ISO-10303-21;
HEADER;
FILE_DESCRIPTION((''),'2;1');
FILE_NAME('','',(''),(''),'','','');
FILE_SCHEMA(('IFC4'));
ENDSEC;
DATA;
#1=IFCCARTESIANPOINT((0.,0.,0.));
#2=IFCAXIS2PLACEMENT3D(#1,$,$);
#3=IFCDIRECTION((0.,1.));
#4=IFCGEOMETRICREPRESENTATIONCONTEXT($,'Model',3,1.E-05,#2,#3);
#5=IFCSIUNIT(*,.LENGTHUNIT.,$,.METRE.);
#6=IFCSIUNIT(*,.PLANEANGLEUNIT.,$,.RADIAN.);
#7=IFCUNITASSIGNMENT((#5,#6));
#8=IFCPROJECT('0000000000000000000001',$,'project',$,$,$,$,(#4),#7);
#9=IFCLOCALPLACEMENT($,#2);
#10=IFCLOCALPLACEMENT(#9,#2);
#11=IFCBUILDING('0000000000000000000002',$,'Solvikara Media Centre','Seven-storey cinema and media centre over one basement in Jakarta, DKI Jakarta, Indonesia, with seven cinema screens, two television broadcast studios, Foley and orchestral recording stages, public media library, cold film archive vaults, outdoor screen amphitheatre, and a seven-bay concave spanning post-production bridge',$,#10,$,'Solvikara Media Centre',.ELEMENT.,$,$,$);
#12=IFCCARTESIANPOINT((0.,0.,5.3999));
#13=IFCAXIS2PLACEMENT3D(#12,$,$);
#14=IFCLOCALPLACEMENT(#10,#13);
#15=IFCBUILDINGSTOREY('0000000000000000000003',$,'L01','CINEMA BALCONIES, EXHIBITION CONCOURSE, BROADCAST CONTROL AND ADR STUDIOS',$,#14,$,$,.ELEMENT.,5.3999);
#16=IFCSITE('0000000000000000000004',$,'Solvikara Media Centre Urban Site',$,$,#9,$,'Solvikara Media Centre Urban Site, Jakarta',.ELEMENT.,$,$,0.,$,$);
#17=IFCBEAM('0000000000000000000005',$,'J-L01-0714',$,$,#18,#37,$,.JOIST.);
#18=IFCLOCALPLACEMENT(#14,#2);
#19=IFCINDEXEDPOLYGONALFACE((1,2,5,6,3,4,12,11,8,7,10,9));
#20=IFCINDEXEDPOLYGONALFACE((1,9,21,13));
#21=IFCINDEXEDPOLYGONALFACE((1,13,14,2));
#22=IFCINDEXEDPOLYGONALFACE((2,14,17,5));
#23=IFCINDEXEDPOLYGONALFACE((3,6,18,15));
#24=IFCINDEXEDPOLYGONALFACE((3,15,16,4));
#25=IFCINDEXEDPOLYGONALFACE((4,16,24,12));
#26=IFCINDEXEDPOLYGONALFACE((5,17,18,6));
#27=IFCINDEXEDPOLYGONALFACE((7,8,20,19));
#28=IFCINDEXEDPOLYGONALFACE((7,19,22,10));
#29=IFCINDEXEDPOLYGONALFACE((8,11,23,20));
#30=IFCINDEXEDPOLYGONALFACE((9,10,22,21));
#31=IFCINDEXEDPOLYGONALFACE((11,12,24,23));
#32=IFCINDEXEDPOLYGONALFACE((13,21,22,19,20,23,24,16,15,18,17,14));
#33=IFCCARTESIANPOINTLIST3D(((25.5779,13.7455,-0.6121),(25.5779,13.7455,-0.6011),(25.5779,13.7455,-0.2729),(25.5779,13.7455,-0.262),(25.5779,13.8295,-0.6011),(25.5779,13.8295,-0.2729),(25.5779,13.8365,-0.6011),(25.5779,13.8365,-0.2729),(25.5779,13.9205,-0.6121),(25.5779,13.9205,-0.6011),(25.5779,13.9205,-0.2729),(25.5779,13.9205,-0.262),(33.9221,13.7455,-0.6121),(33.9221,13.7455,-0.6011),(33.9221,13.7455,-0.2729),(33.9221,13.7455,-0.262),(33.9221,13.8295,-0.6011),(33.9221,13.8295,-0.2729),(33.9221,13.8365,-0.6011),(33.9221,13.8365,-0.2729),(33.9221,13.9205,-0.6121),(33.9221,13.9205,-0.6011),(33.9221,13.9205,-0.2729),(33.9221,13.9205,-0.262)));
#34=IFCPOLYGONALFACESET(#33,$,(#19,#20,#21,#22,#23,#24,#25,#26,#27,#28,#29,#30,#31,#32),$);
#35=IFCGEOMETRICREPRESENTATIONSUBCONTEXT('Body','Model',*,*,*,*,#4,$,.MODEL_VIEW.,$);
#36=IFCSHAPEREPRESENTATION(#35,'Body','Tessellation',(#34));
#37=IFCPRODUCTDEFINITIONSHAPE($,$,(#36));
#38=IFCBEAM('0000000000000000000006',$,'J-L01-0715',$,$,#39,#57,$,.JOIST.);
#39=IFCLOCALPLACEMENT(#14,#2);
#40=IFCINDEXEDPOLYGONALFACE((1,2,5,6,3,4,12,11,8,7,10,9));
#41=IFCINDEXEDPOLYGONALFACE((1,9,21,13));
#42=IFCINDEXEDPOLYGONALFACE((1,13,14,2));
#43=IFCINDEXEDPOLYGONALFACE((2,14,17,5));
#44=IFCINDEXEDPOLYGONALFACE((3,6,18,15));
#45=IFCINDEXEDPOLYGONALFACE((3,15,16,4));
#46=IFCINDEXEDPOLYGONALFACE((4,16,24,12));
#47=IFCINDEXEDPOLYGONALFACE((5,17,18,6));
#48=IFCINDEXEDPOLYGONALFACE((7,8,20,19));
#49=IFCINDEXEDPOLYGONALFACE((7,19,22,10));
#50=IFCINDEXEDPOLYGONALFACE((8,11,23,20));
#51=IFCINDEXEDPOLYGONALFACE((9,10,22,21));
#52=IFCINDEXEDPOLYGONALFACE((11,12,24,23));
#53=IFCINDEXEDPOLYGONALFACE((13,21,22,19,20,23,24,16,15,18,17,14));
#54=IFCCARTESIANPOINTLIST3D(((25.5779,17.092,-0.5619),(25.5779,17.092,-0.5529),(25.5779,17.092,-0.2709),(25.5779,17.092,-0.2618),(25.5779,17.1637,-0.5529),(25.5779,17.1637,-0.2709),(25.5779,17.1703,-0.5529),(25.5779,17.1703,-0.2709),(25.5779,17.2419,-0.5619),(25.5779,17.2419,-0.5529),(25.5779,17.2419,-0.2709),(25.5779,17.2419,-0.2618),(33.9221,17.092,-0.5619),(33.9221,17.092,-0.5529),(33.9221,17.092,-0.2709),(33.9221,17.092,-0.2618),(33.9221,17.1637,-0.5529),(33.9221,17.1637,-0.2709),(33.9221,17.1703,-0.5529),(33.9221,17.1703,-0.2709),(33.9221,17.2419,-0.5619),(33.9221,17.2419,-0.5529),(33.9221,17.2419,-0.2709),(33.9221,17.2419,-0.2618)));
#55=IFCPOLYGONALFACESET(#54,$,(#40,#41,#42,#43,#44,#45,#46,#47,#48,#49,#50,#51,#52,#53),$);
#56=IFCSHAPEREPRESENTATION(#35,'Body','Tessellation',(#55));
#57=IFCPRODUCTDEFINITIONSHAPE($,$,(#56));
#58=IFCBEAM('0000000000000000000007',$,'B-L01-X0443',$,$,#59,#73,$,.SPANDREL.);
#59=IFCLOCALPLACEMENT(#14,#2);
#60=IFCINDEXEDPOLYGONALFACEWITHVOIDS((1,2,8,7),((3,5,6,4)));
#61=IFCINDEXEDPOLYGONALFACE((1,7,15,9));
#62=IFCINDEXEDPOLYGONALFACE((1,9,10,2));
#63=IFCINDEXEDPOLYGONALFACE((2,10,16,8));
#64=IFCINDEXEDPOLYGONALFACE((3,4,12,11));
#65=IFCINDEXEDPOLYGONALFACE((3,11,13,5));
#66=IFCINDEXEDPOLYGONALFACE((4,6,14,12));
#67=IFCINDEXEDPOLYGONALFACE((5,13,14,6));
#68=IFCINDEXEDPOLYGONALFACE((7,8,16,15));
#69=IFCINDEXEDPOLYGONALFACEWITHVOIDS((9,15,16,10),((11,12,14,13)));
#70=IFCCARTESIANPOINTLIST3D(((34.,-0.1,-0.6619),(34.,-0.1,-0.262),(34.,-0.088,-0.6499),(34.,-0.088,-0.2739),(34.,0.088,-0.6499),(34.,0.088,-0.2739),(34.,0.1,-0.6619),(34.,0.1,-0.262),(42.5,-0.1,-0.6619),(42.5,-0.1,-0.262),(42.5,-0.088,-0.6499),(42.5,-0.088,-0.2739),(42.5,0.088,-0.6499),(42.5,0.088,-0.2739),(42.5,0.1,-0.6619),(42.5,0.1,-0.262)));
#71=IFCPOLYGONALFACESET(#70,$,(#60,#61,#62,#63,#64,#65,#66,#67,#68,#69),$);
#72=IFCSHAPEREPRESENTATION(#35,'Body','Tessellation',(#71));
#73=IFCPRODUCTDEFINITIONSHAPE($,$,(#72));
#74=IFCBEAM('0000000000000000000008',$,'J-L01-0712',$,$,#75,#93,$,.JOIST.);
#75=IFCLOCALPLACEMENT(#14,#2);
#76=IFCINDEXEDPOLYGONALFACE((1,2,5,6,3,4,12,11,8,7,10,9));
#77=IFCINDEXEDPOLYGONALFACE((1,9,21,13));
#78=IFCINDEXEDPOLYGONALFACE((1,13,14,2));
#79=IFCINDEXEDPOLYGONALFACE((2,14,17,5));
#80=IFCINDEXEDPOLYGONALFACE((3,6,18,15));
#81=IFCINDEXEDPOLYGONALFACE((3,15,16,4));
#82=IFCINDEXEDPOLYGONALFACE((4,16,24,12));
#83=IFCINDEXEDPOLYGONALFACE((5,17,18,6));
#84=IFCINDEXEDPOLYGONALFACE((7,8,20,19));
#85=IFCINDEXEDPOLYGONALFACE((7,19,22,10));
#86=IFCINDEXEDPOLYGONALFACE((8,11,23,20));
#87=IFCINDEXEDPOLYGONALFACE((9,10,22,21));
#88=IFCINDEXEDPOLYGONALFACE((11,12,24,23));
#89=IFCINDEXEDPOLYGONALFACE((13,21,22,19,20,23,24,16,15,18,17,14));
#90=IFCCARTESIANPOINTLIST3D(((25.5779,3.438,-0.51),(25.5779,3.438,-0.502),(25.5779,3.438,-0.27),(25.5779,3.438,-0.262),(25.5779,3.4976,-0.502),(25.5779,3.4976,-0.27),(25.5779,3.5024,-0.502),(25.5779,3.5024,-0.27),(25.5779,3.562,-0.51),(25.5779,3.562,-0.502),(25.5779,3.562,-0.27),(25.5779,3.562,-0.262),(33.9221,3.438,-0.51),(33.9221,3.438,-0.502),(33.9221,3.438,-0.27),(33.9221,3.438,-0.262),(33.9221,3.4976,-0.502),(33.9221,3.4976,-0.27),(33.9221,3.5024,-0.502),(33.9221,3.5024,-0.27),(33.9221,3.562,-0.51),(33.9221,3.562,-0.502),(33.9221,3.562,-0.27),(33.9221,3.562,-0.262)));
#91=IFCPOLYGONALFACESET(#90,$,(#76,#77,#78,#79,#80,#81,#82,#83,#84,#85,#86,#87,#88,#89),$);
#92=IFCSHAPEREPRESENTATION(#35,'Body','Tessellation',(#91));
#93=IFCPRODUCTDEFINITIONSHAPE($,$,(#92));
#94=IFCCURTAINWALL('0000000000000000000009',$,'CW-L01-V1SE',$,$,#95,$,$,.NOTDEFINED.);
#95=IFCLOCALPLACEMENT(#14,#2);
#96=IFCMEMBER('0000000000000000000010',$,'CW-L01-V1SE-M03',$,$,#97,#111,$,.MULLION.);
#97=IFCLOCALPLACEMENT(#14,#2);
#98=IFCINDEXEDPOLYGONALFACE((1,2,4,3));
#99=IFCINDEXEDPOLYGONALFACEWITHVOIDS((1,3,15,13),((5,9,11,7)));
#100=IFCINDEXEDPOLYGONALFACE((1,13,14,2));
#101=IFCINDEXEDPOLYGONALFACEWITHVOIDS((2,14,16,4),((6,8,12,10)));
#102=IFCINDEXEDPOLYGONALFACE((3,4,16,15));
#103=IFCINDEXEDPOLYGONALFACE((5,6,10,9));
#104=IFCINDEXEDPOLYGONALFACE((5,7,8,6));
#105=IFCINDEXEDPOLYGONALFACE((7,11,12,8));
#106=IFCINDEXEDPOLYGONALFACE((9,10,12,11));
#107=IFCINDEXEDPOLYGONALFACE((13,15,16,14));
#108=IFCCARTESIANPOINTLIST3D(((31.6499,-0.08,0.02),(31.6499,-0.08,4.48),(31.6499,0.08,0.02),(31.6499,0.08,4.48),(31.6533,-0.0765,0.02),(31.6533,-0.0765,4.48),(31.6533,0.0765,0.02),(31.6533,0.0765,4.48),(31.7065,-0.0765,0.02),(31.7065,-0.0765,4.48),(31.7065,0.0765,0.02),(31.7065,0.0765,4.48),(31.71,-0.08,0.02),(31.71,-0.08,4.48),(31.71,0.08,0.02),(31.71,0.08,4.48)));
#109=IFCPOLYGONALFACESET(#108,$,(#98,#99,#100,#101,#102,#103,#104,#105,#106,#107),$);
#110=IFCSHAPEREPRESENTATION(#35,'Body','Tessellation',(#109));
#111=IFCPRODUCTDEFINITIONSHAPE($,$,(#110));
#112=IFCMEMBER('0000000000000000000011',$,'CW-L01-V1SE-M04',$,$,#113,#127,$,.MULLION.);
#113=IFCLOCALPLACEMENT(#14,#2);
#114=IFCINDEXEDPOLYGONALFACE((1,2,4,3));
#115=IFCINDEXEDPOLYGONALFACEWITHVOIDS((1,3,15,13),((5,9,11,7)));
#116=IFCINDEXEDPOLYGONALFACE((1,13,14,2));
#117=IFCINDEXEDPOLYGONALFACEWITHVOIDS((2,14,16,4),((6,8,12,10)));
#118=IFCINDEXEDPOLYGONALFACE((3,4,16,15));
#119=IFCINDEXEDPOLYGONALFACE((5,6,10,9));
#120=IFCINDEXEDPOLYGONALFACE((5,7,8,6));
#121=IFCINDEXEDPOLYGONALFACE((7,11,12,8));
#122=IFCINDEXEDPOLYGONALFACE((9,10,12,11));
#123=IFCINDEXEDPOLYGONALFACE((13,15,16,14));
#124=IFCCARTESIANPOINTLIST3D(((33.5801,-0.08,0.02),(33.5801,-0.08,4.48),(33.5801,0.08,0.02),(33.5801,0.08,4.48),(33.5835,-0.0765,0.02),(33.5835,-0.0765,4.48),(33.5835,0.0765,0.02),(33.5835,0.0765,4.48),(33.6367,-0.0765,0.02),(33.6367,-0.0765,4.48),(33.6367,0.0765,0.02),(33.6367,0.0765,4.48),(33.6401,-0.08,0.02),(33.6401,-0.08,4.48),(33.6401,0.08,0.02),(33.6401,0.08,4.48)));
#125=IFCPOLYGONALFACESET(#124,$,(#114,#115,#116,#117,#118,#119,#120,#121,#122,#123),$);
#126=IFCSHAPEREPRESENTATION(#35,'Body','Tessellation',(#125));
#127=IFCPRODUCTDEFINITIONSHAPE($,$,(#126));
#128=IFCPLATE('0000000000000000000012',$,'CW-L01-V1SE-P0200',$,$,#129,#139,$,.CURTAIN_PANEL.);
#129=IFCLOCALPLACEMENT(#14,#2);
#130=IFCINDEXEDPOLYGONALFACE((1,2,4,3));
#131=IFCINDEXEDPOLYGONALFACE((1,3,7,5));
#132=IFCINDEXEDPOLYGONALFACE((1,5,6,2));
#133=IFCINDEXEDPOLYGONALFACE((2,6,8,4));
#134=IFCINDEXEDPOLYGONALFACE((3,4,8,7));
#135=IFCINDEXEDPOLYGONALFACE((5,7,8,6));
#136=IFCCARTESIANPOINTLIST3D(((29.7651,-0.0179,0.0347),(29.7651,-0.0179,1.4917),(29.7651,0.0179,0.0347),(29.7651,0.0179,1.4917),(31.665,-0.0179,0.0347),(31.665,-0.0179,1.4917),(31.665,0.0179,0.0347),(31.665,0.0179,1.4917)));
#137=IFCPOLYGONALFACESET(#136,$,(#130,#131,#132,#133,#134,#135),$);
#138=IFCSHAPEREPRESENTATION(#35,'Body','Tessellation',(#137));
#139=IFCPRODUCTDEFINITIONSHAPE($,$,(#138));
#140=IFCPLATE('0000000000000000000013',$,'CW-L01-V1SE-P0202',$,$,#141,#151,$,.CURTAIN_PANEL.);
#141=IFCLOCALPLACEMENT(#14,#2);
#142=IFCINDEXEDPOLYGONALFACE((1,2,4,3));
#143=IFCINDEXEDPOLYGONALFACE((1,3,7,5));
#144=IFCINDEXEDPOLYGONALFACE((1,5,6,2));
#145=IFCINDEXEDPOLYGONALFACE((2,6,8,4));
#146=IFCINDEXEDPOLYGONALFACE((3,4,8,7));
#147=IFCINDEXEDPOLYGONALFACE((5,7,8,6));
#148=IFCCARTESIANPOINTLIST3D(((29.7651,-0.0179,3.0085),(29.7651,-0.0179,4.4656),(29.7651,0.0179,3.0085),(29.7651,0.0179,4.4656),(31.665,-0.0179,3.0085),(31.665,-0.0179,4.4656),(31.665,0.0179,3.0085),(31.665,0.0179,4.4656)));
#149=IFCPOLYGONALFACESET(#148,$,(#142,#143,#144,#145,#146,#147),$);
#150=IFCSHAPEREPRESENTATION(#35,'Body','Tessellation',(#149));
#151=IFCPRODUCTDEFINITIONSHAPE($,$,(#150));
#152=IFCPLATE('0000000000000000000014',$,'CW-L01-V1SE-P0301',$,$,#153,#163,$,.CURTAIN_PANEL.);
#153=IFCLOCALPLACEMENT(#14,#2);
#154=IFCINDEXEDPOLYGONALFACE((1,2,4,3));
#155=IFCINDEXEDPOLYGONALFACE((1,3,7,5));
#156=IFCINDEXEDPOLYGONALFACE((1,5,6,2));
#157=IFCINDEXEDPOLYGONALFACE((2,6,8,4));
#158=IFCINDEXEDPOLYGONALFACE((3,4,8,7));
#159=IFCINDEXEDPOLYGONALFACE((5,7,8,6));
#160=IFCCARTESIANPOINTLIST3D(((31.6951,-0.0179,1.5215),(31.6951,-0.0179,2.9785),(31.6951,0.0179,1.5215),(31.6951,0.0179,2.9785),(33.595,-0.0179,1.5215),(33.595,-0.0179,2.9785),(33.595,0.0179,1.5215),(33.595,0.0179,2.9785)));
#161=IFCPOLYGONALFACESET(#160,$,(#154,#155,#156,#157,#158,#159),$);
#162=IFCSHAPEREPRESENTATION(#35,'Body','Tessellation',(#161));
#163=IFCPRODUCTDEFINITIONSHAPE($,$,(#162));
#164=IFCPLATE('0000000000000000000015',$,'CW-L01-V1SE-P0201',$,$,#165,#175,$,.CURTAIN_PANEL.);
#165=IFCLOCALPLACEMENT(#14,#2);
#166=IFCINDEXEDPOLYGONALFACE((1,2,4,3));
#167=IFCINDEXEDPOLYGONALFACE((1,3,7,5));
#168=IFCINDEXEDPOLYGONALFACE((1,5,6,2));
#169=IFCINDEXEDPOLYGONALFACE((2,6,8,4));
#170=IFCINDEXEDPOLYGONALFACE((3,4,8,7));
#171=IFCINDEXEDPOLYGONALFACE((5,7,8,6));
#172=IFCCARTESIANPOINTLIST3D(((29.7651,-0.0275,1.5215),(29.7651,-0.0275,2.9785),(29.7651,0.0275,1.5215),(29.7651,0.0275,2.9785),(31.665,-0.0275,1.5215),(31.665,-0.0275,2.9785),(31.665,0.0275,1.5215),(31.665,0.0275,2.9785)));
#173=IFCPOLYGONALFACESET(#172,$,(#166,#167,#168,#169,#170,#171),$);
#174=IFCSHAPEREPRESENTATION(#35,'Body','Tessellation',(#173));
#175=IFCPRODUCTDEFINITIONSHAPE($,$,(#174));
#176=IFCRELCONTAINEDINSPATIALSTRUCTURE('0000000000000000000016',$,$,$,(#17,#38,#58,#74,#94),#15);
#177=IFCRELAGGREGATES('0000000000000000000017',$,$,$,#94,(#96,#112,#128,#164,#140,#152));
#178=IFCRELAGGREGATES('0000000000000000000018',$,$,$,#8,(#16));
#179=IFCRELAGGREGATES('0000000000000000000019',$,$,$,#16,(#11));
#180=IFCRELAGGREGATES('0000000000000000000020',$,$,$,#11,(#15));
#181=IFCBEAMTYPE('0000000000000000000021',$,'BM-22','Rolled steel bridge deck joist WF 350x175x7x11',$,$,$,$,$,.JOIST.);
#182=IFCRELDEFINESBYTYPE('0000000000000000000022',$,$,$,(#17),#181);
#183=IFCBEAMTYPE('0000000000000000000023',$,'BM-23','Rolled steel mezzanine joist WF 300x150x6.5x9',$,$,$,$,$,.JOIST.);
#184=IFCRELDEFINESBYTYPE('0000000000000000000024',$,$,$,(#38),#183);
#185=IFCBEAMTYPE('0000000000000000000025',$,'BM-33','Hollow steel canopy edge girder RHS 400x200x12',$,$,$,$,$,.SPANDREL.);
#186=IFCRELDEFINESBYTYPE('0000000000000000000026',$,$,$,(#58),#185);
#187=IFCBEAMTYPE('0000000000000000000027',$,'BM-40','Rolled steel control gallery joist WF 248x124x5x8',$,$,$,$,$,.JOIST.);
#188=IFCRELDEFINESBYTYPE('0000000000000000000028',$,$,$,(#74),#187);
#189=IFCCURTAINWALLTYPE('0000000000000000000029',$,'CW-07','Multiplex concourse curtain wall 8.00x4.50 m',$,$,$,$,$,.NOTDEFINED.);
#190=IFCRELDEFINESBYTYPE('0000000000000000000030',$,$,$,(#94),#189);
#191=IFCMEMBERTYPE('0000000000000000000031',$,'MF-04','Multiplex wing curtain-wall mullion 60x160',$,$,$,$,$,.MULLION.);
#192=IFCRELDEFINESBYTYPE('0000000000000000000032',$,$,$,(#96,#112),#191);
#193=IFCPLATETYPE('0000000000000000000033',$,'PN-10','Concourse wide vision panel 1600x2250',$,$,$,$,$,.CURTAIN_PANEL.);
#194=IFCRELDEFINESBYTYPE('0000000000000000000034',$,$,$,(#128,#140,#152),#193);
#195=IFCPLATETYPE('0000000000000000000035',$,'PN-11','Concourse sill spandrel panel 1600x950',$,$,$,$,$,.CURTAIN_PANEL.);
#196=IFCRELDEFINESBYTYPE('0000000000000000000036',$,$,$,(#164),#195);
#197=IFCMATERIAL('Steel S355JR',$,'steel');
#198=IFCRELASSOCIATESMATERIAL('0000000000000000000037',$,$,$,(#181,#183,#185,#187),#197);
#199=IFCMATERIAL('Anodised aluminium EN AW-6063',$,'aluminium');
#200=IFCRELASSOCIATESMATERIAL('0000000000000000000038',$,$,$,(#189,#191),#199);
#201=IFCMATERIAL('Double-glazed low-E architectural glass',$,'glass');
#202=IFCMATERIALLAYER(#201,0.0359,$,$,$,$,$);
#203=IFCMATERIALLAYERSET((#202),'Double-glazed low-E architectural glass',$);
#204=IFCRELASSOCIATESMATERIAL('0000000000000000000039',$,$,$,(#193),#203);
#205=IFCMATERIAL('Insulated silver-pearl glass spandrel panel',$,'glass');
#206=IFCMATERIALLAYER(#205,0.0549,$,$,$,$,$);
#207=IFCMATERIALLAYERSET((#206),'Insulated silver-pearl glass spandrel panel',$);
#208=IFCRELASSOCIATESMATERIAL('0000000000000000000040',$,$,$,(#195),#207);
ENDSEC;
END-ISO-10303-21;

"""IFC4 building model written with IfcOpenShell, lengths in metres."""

from ifc_helpers import new_model, si_unit, direction, frame, origin, origin_2d, place, context, subcontext, project, spatial, rectangle, hollow_rectangle, i_section, extrude, material, layer, layer_set, material_profile, profile_set, type_object, element, aggregate, save


model = new_model("IFC4")

# Units and contexts
model_context = context("Model", 3, precision=1e-05, world=origin(), true_north=direction((0.0, 1.0)))
body_context = subcontext(model_context, "Body", "Model", "MODEL_VIEW")
ifc_project = project(units=[si_unit("LENGTHUNIT", "METRE"), si_unit("PLANEANGLEUNIT", "RADIAN")], contexts=[model_context])

# Site, building, storey
site_placement = place(None, origin())
site = spatial("IfcSite", under=ifc_project, at=site_placement, Name="Solvikara Media Centre Urban Site", LongName="Solvikara Media Centre Urban Site, Jakarta", CompositionType="ELEMENT", RefElevation=0.0)
building_placement = place(site_placement, origin())
building = spatial("IfcBuilding", under=site, at=building_placement, Name="Solvikara Media Centre", Description="Seven-storey cinema and media centre over one basement in Jakarta, DKI Jakarta, Indonesia, with seven cinema screens, two television broadcast studios, Foley and orchestral recording stages, public media library, cold film archive vaults, outdoor screen amphitheatre, and a seven-bay concave spanning post-production bridge", LongName="Solvikara Media Centre", CompositionType="ELEMENT")
storey_placement = place(building_placement, frame((0.0, 0.0, 5.3999)))
storey = spatial("IfcBuildingStorey", under=building, at=storey_placement, Name="L01", Description="CINEMA BALCONIES, EXHIBITION CONCOURSE, BROADCAST CONTROL AND ADR STUDIOS", CompositionType="ELEMENT", Elevation=5.3999)

# Beams
ifc_material_1 = material(Name="Steel S355JR", Category="steel")
ifc_material_profile_1 = material_profile(ifc_material_1, i_section(OverallWidth=0.175, OverallDepth=0.3501, WebThickness=0.0071, FlangeThickness=0.011, at=origin_2d()), Name="WF 350x175x7x11")
ifc_profile_set_1 = profile_set([ifc_material_profile_1], Name="Steel S355JR")
beam_type_1 = type_object("IfcBeamType", Name="BM-22", Description="Rolled steel bridge deck joist WF 350x175x7x11", PredefinedType="JOIST", material=ifc_profile_set_1)
beam_1_placement = place(storey_placement, frame((25.5779, 13.833, -0.437), z_axis=(1.0, 0.0, 0.0), x_axis=(0.0, 1.0, 0.0)))
element("IfcBeam", 1, at=beam_1_placement, inside=storey, type_object=beam_type_1, Name="J-L01-0714", PredefinedType="JOIST", context=body_context, shape_type="SweptSolid", body=[
    extrude(i_section(OverallWidth=0.175, OverallDepth=0.3501, WebThickness=0.0071, FlangeThickness=0.011, at=origin_2d()), origin(), (0.0, 0.0, 1.0), 8.3442),
])
ifc_material_profile_2 = material_profile(ifc_material_1, i_section(OverallWidth=0.1499, OverallDepth=0.3, WebThickness=0.0066, FlangeThickness=0.009, at=origin_2d()), Name="WF 300x150x6.5x9")
ifc_profile_set_2 = profile_set([ifc_material_profile_2], Name="Steel S355JR")
beam_type_2 = type_object("IfcBeamType", Name="BM-23", Description="Rolled steel mezzanine joist WF 300x150x6.5x9", PredefinedType="JOIST", material=ifc_profile_set_2)
beam_2_placement = place(storey_placement, frame((25.5779, 17.167, -0.4119), z_axis=(1.0, 0.0, 0.0), x_axis=(0.0, 1.0, 0.0)))
element("IfcBeam", 2, at=beam_2_placement, inside=storey, type_object=beam_type_2, Name="J-L01-0715", PredefinedType="JOIST", context=body_context, shape_type="SweptSolid", body=[
    extrude(i_section(OverallWidth=0.1499, OverallDepth=0.3, WebThickness=0.0066, FlangeThickness=0.009, at=origin_2d()), origin(), (0.0, 0.0, 1.0), 8.3442),
])
ifc_material_profile_3 = material_profile(ifc_material_1, hollow_rectangle(XDim=0.2, YDim=0.3999, WallThickness=0.012, at=origin_2d()), Name="RHS 400x200x12")
ifc_profile_set_3 = profile_set([ifc_material_profile_3], Name="Steel S355JR")
beam_type_3 = type_object("IfcBeamType", Name="BM-33", Description="Hollow steel canopy edge girder RHS 400x200x12", PredefinedType="SPANDREL", material=ifc_profile_set_3)
beam_3_placement = place(storey_placement, frame((34.0, 0.0, -0.4619), z_axis=(1.0, 0.0, 0.0), x_axis=(0.0, 1.0, 0.0)))
element("IfcBeam", 3, at=beam_3_placement, inside=storey, type_object=beam_type_3, Name="B-L01-X0443", PredefinedType="SPANDREL", context=body_context, shape_type="SweptSolid", body=[
    extrude(hollow_rectangle(XDim=0.2, YDim=0.3999, WallThickness=0.012, at=origin_2d()), origin(), (0.0, 0.0, 1.0), 8.5),
])
ifc_material_profile_4 = material_profile(ifc_material_1, i_section(OverallWidth=0.124, OverallDepth=0.248, WebThickness=0.0049, FlangeThickness=0.0081, at=origin_2d()), Name="WF 248x124x5x8")
ifc_profile_set_4 = profile_set([ifc_material_profile_4], Name="Steel S355JR")
beam_type_4 = type_object("IfcBeamType", Name="BM-40", Description="Rolled steel control gallery joist WF 248x124x5x8", PredefinedType="JOIST", material=ifc_profile_set_4)
beam_4_placement = place(storey_placement, frame((25.5779, 3.5, -0.386), z_axis=(1.0, 0.0, 0.0), x_axis=(0.0, 1.0, 0.0)))
element("IfcBeam", 4, at=beam_4_placement, inside=storey, type_object=beam_type_4, Name="J-L01-0712", PredefinedType="JOIST", context=body_context, shape_type="SweptSolid", body=[
    extrude(i_section(OverallWidth=0.124, OverallDepth=0.248, WebThickness=0.0049, FlangeThickness=0.0081, at=origin_2d()), origin(), (0.0, 0.0, 1.0), 8.3442),
])

# Curtain wall, members, plates
ifc_material_2 = material(Name="Anodised aluminium EN AW-6063", Category="aluminium")
curtain_wall_type = type_object("IfcCurtainWallType", Name="CW-07", Description="Multiplex concourse curtain wall 8.00x4.50 m", PredefinedType="NOTDEFINED", material=ifc_material_2)
curtain_wall_placement = place(storey_placement, origin())
curtain_wall = element("IfcCurtainWall", 5, at=curtain_wall_placement, inside=storey, type_object=curtain_wall_type, Name="CW-L01-V1SE", PredefinedType="NOTDEFINED")
ifc_material_profile_5 = material_profile(ifc_material_2, hollow_rectangle(XDim=0.0601, YDim=0.1599, WallThickness=0.0034, at=origin_2d()), Name="ALU-M 60x160x3.5")
ifc_profile_set_5 = profile_set([ifc_material_profile_5], Name="Anodised aluminium EN AW-6063")
member_type = type_object("IfcMemberType", Name="MF-04", Description="Multiplex wing curtain-wall mullion 60x160", PredefinedType="MULLION", material=ifc_profile_set_5)
member_1_placement = place(storey_placement, frame((31.6799, 0.0, 0.02), z_axis=(0.0, 0.0, 1.0), x_axis=(1.0, 0.0, 0.0)))
member_1 = element("IfcMember", 6, at=member_1_placement, type_object=member_type, Name="CW-L01-V1SE-M03", PredefinedType="MULLION", context=body_context, shape_type="SweptSolid", body=[
    extrude(hollow_rectangle(XDim=0.0601, YDim=0.1599, WallThickness=0.0034, at=origin_2d()), origin(), (0.0, 0.0, 1.0), 4.46),
])
member_2_placement = place(storey_placement, frame((33.6101, 0.0, 0.02), z_axis=(0.0, 0.0, 1.0), x_axis=(1.0, 0.0, 0.0)))
member_2 = element("IfcMember", 7, at=member_2_placement, type_object=member_type, Name="CW-L01-V1SE-M04", PredefinedType="MULLION", context=body_context, shape_type="SweptSolid", body=[
    extrude(hollow_rectangle(XDim=0.0601, YDim=0.1599, WallThickness=0.0034, at=origin_2d()), origin(), (0.0, 0.0, 1.0), 4.46),
])
ifc_material_3 = material(Name="Double-glazed low-E architectural glass", Category="glass")
ifc_layer_1 = layer(ifc_material_3, 0.0359)
ifc_layer_set_1 = layer_set([ifc_layer_1], Name="Double-glazed low-E architectural glass")
plate_type_1 = type_object("IfcPlateType", Name="PN-10", Description="Concourse wide vision panel 1600x2250", PredefinedType="CURTAIN_PANEL", material=ifc_layer_set_1)
plate_1_placement = place(storey_placement, frame((30.7151, 0.0, 0.0347), z_axis=(0.0, 0.0, 1.0), x_axis=(1.0, 0.0, 0.0)))
plate_1 = element("IfcPlate", 8, at=plate_1_placement, type_object=plate_type_1, Name="CW-L01-V1SE-P0200", PredefinedType="CURTAIN_PANEL", context=body_context, shape_type="SweptSolid", body=[
    extrude(rectangle(XDim=1.8999, YDim=0.0359, at=origin_2d()), origin(), (0.0, 0.0, 1.0), 1.457),
])
plate_2_placement = place(storey_placement, frame((30.7151, 0.0, 3.0085), z_axis=(0.0, 0.0, 1.0), x_axis=(1.0, 0.0, 0.0)))
plate_2 = element("IfcPlate", 9, at=plate_2_placement, type_object=plate_type_1, Name="CW-L01-V1SE-P0202", PredefinedType="CURTAIN_PANEL", context=body_context, shape_type="SweptSolid", body=[
    extrude(rectangle(XDim=1.8999, YDim=0.0359, at=origin_2d()), origin(), (0.0, 0.0, 1.0), 1.457),
])
plate_3_placement = place(storey_placement, frame((32.645, 0.0, 1.5215), z_axis=(0.0, 0.0, 1.0), x_axis=(1.0, 0.0, 0.0)))
plate_3 = element("IfcPlate", 10, at=plate_3_placement, type_object=plate_type_1, Name="CW-L01-V1SE-P0301", PredefinedType="CURTAIN_PANEL", context=body_context, shape_type="SweptSolid", body=[
    extrude(rectangle(XDim=1.8999, YDim=0.0359, at=origin_2d()), origin(), (0.0, 0.0, 1.0), 1.457),
])
ifc_material_4 = material(Name="Insulated silver-pearl glass spandrel panel", Category="glass")
ifc_layer_2 = layer(ifc_material_4, 0.0549)
ifc_layer_set_2 = layer_set([ifc_layer_2], Name="Insulated silver-pearl glass spandrel panel")
plate_type_2 = type_object("IfcPlateType", Name="PN-11", Description="Concourse sill spandrel panel 1600x950", PredefinedType="CURTAIN_PANEL", material=ifc_layer_set_2)
plate_4_placement = place(storey_placement, frame((30.7151, 0.0, 1.5215), z_axis=(0.0, 0.0, 1.0), x_axis=(1.0, 0.0, 0.0)))
plate_4 = element("IfcPlate", 11, at=plate_4_placement, type_object=plate_type_2, Name="CW-L01-V1SE-P0201", PredefinedType="CURTAIN_PANEL", context=body_context, shape_type="SweptSolid", body=[
    extrude(rectangle(XDim=1.8999, YDim=0.0549, at=origin_2d()), origin(), (0.0, 0.0, 1.0), 1.457),
])
aggregate(curtain_wall, [member_1, member_2, plate_1, plate_4, plate_2, plate_3])

save(model, "model.ifc")
